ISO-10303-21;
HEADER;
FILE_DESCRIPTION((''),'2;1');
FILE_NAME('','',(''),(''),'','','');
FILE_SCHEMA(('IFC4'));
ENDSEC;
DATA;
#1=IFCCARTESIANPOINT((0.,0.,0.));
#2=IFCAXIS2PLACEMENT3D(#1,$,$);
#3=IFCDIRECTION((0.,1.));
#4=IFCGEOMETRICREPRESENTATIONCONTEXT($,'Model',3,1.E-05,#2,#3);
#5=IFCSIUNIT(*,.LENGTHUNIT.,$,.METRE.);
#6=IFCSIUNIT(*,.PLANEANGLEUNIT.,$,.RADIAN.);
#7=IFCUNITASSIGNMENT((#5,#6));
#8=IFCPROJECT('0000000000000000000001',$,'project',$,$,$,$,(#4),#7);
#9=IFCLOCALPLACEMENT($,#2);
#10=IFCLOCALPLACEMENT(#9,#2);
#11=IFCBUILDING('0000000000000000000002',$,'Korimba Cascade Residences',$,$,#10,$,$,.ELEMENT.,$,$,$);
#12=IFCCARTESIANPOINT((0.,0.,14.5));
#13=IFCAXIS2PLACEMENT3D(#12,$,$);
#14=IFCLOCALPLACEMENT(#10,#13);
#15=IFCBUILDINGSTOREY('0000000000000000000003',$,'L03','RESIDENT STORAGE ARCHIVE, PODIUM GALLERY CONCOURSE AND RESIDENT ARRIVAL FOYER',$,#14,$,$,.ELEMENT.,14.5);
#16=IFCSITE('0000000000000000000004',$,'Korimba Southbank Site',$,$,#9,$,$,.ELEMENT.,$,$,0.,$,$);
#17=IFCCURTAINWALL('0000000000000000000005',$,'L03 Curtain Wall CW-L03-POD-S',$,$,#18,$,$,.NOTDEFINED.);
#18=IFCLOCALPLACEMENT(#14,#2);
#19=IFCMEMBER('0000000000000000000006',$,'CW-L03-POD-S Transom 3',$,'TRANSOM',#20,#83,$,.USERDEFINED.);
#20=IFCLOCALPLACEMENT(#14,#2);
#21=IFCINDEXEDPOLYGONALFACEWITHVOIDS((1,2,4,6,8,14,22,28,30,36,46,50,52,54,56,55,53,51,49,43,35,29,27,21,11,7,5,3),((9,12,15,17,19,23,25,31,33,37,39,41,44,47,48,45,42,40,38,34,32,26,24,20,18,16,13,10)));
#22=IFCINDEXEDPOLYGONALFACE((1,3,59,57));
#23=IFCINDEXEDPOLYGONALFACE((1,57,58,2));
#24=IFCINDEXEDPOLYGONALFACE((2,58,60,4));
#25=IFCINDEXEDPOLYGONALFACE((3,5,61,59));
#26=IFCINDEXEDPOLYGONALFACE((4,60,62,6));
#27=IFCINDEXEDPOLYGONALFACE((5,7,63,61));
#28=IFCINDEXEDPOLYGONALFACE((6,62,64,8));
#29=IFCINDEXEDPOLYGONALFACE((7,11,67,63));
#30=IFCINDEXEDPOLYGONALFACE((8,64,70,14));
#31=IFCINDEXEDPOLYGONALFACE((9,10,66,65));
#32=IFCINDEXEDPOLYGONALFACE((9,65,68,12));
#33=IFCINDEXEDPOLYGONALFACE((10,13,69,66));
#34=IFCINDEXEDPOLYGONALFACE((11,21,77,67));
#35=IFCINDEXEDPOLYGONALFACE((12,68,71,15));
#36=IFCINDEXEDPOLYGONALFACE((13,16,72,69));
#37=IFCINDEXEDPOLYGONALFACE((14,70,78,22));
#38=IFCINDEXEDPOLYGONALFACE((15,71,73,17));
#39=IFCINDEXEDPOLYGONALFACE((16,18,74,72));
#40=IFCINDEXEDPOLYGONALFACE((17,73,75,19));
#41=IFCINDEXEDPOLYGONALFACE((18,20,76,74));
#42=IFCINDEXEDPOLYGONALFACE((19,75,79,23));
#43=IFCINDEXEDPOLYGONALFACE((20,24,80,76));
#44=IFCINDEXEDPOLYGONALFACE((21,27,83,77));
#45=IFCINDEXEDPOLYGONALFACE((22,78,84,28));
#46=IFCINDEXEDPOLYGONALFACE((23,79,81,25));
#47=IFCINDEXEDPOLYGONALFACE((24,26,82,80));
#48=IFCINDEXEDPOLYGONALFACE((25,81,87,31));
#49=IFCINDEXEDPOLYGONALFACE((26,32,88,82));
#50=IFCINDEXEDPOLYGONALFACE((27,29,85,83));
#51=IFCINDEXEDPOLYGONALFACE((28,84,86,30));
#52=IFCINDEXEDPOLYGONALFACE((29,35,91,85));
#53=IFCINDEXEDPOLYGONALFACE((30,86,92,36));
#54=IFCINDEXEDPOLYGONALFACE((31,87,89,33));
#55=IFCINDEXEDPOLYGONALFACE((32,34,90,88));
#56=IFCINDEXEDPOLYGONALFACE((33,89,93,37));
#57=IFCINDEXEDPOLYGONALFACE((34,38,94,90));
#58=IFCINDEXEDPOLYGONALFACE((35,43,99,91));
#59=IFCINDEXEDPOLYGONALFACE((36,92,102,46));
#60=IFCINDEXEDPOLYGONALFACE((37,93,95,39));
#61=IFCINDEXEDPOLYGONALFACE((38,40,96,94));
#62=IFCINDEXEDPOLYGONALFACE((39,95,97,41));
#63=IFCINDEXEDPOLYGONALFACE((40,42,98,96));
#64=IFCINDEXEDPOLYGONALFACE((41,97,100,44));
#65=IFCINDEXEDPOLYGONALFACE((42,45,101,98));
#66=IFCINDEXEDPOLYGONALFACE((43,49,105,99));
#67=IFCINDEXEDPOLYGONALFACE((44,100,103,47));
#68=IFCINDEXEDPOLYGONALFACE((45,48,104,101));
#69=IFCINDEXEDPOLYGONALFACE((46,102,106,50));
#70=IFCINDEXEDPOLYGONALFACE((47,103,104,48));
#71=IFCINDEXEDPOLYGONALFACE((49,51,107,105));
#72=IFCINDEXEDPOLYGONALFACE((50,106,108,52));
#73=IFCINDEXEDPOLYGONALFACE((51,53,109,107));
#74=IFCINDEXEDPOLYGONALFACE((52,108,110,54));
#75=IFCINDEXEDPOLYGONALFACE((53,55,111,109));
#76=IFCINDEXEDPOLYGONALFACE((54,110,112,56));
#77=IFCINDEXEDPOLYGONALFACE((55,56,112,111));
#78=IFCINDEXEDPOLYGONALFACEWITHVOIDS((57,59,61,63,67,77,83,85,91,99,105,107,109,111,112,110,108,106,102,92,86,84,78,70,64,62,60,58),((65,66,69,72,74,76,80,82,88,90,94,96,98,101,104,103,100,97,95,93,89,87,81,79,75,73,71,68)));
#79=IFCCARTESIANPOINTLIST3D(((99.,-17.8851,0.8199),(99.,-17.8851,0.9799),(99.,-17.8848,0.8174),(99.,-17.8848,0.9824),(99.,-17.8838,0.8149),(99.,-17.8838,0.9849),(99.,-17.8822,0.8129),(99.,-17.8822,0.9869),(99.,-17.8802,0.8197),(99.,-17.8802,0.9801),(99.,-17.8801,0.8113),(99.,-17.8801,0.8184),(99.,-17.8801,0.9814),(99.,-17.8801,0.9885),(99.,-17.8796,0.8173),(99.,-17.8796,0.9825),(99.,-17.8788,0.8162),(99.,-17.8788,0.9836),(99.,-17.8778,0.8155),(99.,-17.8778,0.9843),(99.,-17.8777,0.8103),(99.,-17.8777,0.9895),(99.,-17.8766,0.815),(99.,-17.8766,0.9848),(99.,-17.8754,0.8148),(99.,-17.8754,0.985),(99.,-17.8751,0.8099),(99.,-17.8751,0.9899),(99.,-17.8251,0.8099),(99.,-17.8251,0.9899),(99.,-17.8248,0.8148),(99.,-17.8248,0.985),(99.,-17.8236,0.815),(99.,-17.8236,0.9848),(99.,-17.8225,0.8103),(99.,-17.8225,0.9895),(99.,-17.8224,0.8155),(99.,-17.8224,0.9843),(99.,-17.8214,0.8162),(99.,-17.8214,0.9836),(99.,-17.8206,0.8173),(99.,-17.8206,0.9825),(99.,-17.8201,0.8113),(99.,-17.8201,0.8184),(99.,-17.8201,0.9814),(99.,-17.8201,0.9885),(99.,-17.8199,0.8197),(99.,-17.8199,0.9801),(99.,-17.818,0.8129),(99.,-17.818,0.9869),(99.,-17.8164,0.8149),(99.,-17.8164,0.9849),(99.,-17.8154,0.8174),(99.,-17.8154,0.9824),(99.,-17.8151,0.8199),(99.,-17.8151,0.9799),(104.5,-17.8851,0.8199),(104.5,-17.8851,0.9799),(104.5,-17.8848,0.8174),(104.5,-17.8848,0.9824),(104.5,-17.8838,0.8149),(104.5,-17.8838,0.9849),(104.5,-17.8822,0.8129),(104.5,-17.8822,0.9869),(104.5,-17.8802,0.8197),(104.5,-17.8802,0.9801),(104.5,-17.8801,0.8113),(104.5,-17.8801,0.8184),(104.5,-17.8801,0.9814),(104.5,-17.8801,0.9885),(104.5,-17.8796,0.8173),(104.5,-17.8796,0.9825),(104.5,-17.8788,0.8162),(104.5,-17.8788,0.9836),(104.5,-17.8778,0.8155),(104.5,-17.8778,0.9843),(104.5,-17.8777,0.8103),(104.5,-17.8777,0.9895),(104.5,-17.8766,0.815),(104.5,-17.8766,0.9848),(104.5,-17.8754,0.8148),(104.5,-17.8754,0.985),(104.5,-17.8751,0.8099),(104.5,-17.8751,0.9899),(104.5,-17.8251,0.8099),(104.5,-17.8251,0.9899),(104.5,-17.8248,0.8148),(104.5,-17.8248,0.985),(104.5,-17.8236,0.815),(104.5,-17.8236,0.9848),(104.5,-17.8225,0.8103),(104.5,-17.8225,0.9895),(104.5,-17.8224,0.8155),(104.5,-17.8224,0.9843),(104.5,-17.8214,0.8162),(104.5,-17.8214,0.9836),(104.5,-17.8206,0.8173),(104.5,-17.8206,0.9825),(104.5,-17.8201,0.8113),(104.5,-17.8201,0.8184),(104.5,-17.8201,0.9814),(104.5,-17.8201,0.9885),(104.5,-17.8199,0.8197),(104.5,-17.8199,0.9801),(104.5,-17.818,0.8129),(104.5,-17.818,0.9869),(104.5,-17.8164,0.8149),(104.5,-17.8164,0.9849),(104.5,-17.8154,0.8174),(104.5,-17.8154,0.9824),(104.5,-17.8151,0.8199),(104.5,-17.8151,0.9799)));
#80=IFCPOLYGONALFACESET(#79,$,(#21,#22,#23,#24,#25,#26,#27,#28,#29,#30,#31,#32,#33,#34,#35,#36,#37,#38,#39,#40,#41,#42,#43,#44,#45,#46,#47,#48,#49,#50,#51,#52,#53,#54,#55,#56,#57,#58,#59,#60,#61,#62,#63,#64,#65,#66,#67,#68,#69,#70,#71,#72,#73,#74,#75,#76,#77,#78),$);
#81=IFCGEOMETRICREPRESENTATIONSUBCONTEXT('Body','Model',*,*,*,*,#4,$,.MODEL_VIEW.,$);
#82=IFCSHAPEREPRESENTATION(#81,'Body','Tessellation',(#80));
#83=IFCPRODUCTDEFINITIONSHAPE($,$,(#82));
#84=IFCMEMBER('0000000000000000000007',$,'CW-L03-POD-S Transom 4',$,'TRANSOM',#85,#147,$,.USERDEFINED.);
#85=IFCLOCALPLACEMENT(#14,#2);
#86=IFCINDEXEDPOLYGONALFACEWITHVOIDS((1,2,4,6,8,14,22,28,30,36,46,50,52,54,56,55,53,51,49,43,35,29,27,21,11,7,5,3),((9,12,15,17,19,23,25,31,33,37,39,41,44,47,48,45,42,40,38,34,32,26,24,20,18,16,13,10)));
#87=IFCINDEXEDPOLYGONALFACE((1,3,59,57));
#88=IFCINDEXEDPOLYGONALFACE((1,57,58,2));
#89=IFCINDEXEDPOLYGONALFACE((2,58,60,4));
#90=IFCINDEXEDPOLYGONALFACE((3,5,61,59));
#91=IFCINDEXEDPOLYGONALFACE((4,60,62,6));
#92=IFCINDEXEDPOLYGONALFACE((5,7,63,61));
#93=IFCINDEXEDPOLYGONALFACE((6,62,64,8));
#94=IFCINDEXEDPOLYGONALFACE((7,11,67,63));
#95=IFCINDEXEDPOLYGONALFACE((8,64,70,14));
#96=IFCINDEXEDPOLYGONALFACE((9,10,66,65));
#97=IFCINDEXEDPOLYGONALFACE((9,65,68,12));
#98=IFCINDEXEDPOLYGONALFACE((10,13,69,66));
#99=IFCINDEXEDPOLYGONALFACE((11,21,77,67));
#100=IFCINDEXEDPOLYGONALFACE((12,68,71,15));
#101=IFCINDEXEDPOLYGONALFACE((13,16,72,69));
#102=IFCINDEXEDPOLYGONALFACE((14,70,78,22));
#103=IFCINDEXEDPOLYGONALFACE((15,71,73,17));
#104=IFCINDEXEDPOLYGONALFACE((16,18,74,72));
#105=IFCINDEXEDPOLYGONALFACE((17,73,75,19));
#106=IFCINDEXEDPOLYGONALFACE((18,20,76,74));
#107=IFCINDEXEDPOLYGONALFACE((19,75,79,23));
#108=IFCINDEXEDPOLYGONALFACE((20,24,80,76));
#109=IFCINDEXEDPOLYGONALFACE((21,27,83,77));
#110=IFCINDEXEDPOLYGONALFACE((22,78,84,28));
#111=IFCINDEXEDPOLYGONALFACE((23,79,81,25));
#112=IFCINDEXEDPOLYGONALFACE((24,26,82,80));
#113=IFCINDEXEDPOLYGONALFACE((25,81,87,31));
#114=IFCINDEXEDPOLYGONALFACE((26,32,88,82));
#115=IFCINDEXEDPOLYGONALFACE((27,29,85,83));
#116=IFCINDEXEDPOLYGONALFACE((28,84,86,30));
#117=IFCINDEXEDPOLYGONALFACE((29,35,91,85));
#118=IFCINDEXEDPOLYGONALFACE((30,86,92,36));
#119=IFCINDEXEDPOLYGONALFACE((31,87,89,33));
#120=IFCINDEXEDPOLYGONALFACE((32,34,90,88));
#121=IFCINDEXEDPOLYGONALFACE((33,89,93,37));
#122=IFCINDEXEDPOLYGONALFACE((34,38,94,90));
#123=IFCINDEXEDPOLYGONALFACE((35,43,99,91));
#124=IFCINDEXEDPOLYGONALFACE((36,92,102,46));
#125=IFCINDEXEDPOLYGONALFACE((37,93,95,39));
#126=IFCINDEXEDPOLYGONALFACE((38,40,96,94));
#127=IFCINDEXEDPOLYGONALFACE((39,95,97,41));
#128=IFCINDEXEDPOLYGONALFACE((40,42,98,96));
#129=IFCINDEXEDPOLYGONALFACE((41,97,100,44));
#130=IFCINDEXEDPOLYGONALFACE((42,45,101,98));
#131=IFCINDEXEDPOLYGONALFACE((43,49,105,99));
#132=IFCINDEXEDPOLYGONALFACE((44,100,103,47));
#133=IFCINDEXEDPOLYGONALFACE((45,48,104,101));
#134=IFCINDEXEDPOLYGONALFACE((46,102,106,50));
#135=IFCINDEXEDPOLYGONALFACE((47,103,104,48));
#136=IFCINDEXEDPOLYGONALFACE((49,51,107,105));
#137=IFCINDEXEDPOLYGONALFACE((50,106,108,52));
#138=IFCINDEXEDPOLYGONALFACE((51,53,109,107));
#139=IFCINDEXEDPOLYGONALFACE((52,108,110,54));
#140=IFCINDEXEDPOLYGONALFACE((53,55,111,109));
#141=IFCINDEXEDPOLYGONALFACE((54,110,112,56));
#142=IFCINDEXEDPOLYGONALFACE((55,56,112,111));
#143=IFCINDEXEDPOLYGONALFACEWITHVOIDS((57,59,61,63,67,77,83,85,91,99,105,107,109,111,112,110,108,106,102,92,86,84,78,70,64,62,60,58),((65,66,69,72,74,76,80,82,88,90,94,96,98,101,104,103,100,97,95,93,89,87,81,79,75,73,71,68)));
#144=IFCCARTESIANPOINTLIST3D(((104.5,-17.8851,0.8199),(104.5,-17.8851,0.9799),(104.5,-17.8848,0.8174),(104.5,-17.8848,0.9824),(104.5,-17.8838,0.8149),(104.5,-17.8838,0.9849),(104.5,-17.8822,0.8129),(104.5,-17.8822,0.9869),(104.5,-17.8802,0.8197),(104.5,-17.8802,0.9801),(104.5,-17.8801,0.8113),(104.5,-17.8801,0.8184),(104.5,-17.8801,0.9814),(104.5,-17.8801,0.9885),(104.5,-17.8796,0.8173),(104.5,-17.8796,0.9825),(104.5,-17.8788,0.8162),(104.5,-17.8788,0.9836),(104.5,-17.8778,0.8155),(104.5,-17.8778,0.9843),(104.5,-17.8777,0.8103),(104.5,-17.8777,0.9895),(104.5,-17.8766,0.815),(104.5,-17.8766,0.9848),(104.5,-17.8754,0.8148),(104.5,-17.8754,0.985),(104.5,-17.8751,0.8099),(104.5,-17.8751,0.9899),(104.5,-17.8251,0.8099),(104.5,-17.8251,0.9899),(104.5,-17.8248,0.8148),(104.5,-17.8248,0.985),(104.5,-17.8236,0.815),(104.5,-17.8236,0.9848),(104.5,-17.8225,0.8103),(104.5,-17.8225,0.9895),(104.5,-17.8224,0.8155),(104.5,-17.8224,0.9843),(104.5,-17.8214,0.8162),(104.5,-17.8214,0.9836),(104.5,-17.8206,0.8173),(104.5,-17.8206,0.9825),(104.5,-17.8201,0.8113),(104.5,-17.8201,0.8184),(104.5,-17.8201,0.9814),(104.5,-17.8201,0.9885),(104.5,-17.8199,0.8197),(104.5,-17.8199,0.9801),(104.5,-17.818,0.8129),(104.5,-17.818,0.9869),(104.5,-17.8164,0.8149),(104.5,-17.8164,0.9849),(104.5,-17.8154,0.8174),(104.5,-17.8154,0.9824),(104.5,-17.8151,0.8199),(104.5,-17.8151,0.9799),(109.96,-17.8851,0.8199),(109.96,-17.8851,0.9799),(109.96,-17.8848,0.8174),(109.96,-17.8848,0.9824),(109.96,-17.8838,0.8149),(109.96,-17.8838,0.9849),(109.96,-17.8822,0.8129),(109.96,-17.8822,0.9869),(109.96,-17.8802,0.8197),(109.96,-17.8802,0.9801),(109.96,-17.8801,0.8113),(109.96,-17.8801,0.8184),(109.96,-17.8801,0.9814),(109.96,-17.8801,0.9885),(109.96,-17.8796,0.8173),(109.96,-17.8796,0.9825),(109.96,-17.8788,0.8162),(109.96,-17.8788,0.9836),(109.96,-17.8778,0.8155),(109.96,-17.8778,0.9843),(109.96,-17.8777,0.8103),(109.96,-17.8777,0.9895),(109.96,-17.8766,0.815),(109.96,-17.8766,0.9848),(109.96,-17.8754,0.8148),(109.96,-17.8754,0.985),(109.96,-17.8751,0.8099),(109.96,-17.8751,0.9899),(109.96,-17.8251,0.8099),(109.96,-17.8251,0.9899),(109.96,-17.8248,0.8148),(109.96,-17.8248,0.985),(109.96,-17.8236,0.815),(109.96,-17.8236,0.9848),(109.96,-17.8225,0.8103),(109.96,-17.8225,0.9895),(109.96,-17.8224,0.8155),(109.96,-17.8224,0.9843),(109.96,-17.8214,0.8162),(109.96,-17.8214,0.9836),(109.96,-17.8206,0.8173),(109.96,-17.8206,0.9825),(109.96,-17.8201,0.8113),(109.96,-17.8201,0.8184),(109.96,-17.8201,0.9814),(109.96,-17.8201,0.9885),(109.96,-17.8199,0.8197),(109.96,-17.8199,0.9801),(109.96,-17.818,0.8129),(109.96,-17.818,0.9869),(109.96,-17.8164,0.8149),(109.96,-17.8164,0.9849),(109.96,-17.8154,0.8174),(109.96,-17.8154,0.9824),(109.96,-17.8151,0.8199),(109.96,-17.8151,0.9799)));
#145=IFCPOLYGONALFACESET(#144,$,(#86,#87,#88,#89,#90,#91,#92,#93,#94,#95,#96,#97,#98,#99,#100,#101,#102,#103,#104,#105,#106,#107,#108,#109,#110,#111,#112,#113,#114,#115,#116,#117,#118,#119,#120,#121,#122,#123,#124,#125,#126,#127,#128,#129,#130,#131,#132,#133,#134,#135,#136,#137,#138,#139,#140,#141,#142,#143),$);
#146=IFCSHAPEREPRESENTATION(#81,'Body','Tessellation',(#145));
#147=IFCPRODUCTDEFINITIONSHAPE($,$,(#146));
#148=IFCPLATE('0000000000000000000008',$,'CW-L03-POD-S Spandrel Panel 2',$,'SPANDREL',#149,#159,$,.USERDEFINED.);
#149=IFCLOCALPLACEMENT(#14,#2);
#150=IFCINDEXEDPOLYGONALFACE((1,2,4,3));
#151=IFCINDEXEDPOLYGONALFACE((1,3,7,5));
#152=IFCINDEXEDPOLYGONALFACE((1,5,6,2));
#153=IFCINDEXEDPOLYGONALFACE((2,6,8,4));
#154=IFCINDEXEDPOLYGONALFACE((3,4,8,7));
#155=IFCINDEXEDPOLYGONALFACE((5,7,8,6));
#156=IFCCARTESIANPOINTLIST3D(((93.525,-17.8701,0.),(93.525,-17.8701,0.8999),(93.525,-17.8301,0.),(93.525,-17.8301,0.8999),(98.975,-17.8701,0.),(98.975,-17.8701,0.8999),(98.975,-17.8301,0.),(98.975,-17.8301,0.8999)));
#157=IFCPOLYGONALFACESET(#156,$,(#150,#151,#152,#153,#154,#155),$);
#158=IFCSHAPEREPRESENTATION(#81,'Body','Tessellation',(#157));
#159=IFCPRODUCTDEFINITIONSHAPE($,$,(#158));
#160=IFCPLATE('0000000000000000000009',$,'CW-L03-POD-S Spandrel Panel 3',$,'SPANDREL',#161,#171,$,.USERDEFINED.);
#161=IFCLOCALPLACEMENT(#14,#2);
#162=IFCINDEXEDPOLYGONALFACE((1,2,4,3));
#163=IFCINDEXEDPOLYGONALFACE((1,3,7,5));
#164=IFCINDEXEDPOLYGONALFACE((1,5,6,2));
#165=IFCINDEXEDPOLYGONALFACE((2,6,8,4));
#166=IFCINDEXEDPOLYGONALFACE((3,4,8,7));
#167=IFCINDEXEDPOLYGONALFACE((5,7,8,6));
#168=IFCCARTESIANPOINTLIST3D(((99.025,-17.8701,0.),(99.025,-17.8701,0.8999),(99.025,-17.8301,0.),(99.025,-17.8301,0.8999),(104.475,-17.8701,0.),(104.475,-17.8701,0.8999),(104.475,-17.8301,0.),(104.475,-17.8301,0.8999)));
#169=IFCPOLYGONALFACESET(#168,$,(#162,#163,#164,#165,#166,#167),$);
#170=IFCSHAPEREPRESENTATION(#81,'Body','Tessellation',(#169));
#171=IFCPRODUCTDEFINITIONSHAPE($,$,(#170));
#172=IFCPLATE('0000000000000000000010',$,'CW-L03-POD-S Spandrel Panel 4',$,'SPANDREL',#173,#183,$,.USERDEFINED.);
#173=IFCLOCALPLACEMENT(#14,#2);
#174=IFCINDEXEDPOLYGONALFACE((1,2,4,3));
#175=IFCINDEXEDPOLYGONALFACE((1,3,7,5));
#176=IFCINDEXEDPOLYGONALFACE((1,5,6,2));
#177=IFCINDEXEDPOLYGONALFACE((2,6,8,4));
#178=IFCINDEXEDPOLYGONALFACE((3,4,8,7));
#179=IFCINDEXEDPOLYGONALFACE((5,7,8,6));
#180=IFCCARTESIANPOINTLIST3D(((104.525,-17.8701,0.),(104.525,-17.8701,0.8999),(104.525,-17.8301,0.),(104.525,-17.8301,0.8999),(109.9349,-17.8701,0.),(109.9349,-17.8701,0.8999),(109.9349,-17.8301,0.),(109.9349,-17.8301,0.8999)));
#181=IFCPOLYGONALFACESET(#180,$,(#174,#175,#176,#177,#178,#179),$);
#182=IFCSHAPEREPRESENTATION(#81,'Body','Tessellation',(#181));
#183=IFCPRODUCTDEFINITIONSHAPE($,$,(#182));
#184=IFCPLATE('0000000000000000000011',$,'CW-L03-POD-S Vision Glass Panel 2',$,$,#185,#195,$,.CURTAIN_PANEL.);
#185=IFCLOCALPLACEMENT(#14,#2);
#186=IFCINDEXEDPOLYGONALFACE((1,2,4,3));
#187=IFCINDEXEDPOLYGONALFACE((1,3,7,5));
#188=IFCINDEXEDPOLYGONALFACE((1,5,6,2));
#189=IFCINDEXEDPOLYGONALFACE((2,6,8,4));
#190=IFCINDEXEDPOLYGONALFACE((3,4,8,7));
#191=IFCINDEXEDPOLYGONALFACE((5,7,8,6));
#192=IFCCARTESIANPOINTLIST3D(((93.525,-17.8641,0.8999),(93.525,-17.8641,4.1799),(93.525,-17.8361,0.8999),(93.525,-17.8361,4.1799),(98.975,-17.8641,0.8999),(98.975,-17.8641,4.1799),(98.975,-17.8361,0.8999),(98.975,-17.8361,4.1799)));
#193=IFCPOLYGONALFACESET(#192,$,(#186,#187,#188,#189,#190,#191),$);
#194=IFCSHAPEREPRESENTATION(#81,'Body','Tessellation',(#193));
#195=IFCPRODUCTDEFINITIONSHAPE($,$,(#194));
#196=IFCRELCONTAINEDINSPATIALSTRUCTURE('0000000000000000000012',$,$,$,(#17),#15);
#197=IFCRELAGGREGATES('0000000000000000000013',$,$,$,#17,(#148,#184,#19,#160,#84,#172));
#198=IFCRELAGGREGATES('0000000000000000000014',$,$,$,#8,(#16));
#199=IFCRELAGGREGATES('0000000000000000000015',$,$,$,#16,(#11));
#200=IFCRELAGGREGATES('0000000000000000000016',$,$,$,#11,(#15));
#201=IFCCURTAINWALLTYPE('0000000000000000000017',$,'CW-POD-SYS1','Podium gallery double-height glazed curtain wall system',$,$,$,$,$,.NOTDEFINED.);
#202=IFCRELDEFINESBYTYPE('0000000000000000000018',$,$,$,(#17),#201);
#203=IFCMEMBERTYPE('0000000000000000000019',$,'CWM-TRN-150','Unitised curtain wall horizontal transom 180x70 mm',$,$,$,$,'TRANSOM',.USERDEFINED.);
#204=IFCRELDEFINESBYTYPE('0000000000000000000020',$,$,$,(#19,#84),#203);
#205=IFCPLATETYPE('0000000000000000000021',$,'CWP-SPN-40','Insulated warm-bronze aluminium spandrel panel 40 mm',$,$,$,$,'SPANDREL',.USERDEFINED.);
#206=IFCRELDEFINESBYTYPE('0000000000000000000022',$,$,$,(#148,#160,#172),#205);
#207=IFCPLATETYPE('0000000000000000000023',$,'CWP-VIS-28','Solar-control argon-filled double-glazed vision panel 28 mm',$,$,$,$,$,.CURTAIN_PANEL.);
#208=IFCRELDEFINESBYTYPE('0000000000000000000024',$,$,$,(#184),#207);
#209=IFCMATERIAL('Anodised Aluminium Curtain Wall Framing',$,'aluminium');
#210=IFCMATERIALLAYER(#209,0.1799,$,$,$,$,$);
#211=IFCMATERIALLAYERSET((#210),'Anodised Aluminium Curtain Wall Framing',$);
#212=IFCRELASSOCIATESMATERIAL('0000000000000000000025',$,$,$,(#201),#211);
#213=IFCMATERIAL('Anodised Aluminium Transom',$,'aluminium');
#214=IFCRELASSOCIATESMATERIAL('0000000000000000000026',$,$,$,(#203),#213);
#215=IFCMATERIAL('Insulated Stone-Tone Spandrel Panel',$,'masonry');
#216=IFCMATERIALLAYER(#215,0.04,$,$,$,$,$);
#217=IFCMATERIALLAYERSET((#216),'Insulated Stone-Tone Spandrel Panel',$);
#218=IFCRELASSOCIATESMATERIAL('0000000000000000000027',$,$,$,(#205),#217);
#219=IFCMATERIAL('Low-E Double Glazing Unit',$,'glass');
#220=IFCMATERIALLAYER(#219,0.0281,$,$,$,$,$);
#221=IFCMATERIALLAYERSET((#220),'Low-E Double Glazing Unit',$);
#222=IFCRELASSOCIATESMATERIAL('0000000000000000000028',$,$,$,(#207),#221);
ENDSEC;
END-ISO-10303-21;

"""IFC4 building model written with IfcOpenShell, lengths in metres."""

from ifc_helpers import new_model, si_unit, direction, frame, origin, origin_2d, place, context, subcontext, project, spatial, rectangle, hollow_rectangle, extrude, material, layer, layer_set, material_profile, profile_set, type_object, element, aggregate, save


model = new_model("IFC4")

# Units and contexts
model_context = context("Model", 3, precision=1e-05, world=origin(), true_north=direction((0.0, 1.0)))
body_context = subcontext(model_context, "Body", "Model", "MODEL_VIEW")
ifc_project = project(units=[si_unit("LENGTHUNIT", "METRE"), si_unit("PLANEANGLEUNIT", "RADIAN")], contexts=[model_context])

# Site, building, storey
site_placement = place(None, origin())
site = spatial("IfcSite", under=ifc_project, at=site_placement, Name="Korimba Southbank Site", CompositionType="ELEMENT", RefElevation=0.0)
building_placement = place(site_placement, origin())
building = spatial("IfcBuilding", under=site, at=building_placement, Name="Korimba Cascade Residences", CompositionType="ELEMENT")
storey_placement = place(building_placement, frame((0.0, 0.0, 14.5)))
storey = spatial("IfcBuildingStorey", under=building, at=storey_placement, Name="L03", Description="RESIDENT STORAGE ARCHIVE, PODIUM GALLERY CONCOURSE AND RESIDENT ARRIVAL FOYER", CompositionType="ELEMENT", Elevation=14.5)

# Curtain wall, members, plates
ifc_material_1 = material(Name="Anodised Aluminium Curtain Wall Framing", Category="aluminium")
ifc_layer_1 = layer(ifc_material_1, 0.1799)
ifc_layer_set_1 = layer_set([ifc_layer_1], Name="Anodised Aluminium Curtain Wall Framing")
curtain_wall_type = type_object("IfcCurtainWallType", Name="CW-POD-SYS1", Description="Podium gallery double-height glazed curtain wall system", PredefinedType="NOTDEFINED", material=ifc_layer_set_1)
curtain_wall_placement = place(storey_placement, origin())
curtain_wall = element("IfcCurtainWall", 1, at=curtain_wall_placement, inside=storey, type_object=curtain_wall_type, Name="L03 Curtain Wall CW-L03-POD-S", PredefinedType="NOTDEFINED")
ifc_material_2 = material(Name="Anodised Aluminium Transom", Category="aluminium")
ifc_material_profile_1 = material_profile(ifc_material_2, hollow_rectangle(XDim=0.0701, YDim=0.1799, WallThickness=0.0049, InnerFilletRadius=0.0049, OuterFilletRadius=0.01, at=origin_2d()), Name="Anodised Aluminium Transom")
ifc_profile_set_1 = profile_set([ifc_material_profile_1], Name="Anodised Aluminium Transom")
member_type_1 = type_object("IfcMemberType", Name="CWM-TRN-150", Description="Unitised curtain wall horizontal transom 180x70 mm", ElementType="TRANSOM", PredefinedType="USERDEFINED", material=ifc_profile_set_1)
member_1_placement = place(storey_placement, frame((99.0, -17.8501, 0.8999), z_axis=(1.0, 0.0, 0.0), x_axis=(0.0, 1.0, 0.0)))
member_1 = element("IfcMember", 2, at=member_1_placement, type_object=member_type_1, Name="CW-L03-POD-S Transom 3", ObjectType="TRANSOM", PredefinedType="USERDEFINED", context=body_context, shape_type="SweptSolid", body=[
    extrude(hollow_rectangle(XDim=0.0701, YDim=0.1799, WallThickness=0.0049, InnerFilletRadius=0.0049, OuterFilletRadius=0.01, at=origin_2d()), origin(), (0.0, 0.0, 1.0), 5.5),
])
member_2_placement = place(storey_placement, frame((104.5, -17.8501, 0.8999), z_axis=(1.0, 0.0, 0.0), x_axis=(0.0, 1.0, 0.0)))
member_2 = element("IfcMember", 3, at=member_2_placement, type_object=member_type_1, Name="CW-L03-POD-S Transom 4", ObjectType="TRANSOM", PredefinedType="USERDEFINED", context=body_context, shape_type="SweptSolid", body=[
    extrude(hollow_rectangle(XDim=0.0701, YDim=0.1799, WallThickness=0.0049, InnerFilletRadius=0.0049, OuterFilletRadius=0.01, at=origin_2d()), origin(), (0.0, 0.0, 1.0), 5.46),
])
ifc_material_3 = material(Name="Insulated Stone-Tone Spandrel Panel", Category="masonry")
ifc_layer_2 = layer(ifc_material_3, 0.04)
ifc_layer_set_2 = layer_set([ifc_layer_2], Name="Insulated Stone-Tone Spandrel Panel")
plate_type_1 = type_object("IfcPlateType", Name="CWP-SPN-40", Description="Insulated warm-bronze aluminium spandrel panel 40 mm", ElementType="SPANDREL", PredefinedType="USERDEFINED", material=ifc_layer_set_2)
plate_1_placement = place(storey_placement, frame((96.25, -17.8501, 0.0), z_axis=(0.0, 0.0, 1.0), x_axis=(1.0, 0.0, 0.0)))
plate_1 = element("IfcPlate", 4, at=plate_1_placement, type_object=plate_type_1, Name="CW-L03-POD-S Spandrel Panel 2", ObjectType="SPANDREL", PredefinedType="USERDEFINED", context=body_context, shape_type="SweptSolid", body=[
    extrude(rectangle(XDim=5.45, YDim=0.04, at=origin_2d()), origin(), (0.0, 0.0, 1.0), 0.8999),
])
plate_2_placement = place(storey_placement, frame((101.75, -17.8501, 0.0), z_axis=(0.0, 0.0, 1.0), x_axis=(1.0, 0.0, 0.0)))
plate_2 = element("IfcPlate", 5, at=plate_2_placement, type_object=plate_type_1, Name="CW-L03-POD-S Spandrel Panel 3", ObjectType="SPANDREL", PredefinedType="USERDEFINED", context=body_context, shape_type="SweptSolid", body=[
    extrude(rectangle(XDim=5.45, YDim=0.04, at=origin_2d()), origin(), (0.0, 0.0, 1.0), 0.8999),
])
plate_3_placement = place(storey_placement, frame((107.23, -17.8501, 0.0), z_axis=(0.0, 0.0, 1.0), x_axis=(1.0, 0.0, 0.0)))
plate_3 = element("IfcPlate", 6, at=plate_3_placement, type_object=plate_type_1, Name="CW-L03-POD-S Spandrel Panel 4", ObjectType="SPANDREL", PredefinedType="USERDEFINED", context=body_context, shape_type="SweptSolid", body=[
    extrude(rectangle(XDim=5.4099, YDim=0.04, at=origin_2d()), origin(), (0.0, 0.0, 1.0), 0.8999),
])
ifc_material_4 = material(Name="Low-E Double Glazing Unit", Category="glass")
ifc_layer_3 = layer(ifc_material_4, 0.0281)
ifc_layer_set_3 = layer_set([ifc_layer_3], Name="Low-E Double Glazing Unit")
plate_type_2 = type_object("IfcPlateType", Name="CWP-VIS-28", Description="Solar-control argon-filled double-glazed vision panel 28 mm", PredefinedType="CURTAIN_PANEL", material=ifc_layer_set_3)
plate_4_placement = place(storey_placement, frame((96.25, -17.8501, 0.8999), z_axis=(0.0, 0.0, 1.0), x_axis=(1.0, 0.0, 0.0)))
plate_4 = element("IfcPlate", 7, at=plate_4_placement, type_object=plate_type_2, Name="CW-L03-POD-S Vision Glass Panel 2", PredefinedType="CURTAIN_PANEL", context=body_context, shape_type="SweptSolid", body=[
    extrude(rectangle(XDim=5.45, YDim=0.0281, at=origin_2d()), origin(), (0.0, 0.0, 1.0), 3.28),
])
aggregate(curtain_wall, [plate_1, plate_4, member_1, plate_2, member_2, plate_3])

save(model, "model.ifc")
